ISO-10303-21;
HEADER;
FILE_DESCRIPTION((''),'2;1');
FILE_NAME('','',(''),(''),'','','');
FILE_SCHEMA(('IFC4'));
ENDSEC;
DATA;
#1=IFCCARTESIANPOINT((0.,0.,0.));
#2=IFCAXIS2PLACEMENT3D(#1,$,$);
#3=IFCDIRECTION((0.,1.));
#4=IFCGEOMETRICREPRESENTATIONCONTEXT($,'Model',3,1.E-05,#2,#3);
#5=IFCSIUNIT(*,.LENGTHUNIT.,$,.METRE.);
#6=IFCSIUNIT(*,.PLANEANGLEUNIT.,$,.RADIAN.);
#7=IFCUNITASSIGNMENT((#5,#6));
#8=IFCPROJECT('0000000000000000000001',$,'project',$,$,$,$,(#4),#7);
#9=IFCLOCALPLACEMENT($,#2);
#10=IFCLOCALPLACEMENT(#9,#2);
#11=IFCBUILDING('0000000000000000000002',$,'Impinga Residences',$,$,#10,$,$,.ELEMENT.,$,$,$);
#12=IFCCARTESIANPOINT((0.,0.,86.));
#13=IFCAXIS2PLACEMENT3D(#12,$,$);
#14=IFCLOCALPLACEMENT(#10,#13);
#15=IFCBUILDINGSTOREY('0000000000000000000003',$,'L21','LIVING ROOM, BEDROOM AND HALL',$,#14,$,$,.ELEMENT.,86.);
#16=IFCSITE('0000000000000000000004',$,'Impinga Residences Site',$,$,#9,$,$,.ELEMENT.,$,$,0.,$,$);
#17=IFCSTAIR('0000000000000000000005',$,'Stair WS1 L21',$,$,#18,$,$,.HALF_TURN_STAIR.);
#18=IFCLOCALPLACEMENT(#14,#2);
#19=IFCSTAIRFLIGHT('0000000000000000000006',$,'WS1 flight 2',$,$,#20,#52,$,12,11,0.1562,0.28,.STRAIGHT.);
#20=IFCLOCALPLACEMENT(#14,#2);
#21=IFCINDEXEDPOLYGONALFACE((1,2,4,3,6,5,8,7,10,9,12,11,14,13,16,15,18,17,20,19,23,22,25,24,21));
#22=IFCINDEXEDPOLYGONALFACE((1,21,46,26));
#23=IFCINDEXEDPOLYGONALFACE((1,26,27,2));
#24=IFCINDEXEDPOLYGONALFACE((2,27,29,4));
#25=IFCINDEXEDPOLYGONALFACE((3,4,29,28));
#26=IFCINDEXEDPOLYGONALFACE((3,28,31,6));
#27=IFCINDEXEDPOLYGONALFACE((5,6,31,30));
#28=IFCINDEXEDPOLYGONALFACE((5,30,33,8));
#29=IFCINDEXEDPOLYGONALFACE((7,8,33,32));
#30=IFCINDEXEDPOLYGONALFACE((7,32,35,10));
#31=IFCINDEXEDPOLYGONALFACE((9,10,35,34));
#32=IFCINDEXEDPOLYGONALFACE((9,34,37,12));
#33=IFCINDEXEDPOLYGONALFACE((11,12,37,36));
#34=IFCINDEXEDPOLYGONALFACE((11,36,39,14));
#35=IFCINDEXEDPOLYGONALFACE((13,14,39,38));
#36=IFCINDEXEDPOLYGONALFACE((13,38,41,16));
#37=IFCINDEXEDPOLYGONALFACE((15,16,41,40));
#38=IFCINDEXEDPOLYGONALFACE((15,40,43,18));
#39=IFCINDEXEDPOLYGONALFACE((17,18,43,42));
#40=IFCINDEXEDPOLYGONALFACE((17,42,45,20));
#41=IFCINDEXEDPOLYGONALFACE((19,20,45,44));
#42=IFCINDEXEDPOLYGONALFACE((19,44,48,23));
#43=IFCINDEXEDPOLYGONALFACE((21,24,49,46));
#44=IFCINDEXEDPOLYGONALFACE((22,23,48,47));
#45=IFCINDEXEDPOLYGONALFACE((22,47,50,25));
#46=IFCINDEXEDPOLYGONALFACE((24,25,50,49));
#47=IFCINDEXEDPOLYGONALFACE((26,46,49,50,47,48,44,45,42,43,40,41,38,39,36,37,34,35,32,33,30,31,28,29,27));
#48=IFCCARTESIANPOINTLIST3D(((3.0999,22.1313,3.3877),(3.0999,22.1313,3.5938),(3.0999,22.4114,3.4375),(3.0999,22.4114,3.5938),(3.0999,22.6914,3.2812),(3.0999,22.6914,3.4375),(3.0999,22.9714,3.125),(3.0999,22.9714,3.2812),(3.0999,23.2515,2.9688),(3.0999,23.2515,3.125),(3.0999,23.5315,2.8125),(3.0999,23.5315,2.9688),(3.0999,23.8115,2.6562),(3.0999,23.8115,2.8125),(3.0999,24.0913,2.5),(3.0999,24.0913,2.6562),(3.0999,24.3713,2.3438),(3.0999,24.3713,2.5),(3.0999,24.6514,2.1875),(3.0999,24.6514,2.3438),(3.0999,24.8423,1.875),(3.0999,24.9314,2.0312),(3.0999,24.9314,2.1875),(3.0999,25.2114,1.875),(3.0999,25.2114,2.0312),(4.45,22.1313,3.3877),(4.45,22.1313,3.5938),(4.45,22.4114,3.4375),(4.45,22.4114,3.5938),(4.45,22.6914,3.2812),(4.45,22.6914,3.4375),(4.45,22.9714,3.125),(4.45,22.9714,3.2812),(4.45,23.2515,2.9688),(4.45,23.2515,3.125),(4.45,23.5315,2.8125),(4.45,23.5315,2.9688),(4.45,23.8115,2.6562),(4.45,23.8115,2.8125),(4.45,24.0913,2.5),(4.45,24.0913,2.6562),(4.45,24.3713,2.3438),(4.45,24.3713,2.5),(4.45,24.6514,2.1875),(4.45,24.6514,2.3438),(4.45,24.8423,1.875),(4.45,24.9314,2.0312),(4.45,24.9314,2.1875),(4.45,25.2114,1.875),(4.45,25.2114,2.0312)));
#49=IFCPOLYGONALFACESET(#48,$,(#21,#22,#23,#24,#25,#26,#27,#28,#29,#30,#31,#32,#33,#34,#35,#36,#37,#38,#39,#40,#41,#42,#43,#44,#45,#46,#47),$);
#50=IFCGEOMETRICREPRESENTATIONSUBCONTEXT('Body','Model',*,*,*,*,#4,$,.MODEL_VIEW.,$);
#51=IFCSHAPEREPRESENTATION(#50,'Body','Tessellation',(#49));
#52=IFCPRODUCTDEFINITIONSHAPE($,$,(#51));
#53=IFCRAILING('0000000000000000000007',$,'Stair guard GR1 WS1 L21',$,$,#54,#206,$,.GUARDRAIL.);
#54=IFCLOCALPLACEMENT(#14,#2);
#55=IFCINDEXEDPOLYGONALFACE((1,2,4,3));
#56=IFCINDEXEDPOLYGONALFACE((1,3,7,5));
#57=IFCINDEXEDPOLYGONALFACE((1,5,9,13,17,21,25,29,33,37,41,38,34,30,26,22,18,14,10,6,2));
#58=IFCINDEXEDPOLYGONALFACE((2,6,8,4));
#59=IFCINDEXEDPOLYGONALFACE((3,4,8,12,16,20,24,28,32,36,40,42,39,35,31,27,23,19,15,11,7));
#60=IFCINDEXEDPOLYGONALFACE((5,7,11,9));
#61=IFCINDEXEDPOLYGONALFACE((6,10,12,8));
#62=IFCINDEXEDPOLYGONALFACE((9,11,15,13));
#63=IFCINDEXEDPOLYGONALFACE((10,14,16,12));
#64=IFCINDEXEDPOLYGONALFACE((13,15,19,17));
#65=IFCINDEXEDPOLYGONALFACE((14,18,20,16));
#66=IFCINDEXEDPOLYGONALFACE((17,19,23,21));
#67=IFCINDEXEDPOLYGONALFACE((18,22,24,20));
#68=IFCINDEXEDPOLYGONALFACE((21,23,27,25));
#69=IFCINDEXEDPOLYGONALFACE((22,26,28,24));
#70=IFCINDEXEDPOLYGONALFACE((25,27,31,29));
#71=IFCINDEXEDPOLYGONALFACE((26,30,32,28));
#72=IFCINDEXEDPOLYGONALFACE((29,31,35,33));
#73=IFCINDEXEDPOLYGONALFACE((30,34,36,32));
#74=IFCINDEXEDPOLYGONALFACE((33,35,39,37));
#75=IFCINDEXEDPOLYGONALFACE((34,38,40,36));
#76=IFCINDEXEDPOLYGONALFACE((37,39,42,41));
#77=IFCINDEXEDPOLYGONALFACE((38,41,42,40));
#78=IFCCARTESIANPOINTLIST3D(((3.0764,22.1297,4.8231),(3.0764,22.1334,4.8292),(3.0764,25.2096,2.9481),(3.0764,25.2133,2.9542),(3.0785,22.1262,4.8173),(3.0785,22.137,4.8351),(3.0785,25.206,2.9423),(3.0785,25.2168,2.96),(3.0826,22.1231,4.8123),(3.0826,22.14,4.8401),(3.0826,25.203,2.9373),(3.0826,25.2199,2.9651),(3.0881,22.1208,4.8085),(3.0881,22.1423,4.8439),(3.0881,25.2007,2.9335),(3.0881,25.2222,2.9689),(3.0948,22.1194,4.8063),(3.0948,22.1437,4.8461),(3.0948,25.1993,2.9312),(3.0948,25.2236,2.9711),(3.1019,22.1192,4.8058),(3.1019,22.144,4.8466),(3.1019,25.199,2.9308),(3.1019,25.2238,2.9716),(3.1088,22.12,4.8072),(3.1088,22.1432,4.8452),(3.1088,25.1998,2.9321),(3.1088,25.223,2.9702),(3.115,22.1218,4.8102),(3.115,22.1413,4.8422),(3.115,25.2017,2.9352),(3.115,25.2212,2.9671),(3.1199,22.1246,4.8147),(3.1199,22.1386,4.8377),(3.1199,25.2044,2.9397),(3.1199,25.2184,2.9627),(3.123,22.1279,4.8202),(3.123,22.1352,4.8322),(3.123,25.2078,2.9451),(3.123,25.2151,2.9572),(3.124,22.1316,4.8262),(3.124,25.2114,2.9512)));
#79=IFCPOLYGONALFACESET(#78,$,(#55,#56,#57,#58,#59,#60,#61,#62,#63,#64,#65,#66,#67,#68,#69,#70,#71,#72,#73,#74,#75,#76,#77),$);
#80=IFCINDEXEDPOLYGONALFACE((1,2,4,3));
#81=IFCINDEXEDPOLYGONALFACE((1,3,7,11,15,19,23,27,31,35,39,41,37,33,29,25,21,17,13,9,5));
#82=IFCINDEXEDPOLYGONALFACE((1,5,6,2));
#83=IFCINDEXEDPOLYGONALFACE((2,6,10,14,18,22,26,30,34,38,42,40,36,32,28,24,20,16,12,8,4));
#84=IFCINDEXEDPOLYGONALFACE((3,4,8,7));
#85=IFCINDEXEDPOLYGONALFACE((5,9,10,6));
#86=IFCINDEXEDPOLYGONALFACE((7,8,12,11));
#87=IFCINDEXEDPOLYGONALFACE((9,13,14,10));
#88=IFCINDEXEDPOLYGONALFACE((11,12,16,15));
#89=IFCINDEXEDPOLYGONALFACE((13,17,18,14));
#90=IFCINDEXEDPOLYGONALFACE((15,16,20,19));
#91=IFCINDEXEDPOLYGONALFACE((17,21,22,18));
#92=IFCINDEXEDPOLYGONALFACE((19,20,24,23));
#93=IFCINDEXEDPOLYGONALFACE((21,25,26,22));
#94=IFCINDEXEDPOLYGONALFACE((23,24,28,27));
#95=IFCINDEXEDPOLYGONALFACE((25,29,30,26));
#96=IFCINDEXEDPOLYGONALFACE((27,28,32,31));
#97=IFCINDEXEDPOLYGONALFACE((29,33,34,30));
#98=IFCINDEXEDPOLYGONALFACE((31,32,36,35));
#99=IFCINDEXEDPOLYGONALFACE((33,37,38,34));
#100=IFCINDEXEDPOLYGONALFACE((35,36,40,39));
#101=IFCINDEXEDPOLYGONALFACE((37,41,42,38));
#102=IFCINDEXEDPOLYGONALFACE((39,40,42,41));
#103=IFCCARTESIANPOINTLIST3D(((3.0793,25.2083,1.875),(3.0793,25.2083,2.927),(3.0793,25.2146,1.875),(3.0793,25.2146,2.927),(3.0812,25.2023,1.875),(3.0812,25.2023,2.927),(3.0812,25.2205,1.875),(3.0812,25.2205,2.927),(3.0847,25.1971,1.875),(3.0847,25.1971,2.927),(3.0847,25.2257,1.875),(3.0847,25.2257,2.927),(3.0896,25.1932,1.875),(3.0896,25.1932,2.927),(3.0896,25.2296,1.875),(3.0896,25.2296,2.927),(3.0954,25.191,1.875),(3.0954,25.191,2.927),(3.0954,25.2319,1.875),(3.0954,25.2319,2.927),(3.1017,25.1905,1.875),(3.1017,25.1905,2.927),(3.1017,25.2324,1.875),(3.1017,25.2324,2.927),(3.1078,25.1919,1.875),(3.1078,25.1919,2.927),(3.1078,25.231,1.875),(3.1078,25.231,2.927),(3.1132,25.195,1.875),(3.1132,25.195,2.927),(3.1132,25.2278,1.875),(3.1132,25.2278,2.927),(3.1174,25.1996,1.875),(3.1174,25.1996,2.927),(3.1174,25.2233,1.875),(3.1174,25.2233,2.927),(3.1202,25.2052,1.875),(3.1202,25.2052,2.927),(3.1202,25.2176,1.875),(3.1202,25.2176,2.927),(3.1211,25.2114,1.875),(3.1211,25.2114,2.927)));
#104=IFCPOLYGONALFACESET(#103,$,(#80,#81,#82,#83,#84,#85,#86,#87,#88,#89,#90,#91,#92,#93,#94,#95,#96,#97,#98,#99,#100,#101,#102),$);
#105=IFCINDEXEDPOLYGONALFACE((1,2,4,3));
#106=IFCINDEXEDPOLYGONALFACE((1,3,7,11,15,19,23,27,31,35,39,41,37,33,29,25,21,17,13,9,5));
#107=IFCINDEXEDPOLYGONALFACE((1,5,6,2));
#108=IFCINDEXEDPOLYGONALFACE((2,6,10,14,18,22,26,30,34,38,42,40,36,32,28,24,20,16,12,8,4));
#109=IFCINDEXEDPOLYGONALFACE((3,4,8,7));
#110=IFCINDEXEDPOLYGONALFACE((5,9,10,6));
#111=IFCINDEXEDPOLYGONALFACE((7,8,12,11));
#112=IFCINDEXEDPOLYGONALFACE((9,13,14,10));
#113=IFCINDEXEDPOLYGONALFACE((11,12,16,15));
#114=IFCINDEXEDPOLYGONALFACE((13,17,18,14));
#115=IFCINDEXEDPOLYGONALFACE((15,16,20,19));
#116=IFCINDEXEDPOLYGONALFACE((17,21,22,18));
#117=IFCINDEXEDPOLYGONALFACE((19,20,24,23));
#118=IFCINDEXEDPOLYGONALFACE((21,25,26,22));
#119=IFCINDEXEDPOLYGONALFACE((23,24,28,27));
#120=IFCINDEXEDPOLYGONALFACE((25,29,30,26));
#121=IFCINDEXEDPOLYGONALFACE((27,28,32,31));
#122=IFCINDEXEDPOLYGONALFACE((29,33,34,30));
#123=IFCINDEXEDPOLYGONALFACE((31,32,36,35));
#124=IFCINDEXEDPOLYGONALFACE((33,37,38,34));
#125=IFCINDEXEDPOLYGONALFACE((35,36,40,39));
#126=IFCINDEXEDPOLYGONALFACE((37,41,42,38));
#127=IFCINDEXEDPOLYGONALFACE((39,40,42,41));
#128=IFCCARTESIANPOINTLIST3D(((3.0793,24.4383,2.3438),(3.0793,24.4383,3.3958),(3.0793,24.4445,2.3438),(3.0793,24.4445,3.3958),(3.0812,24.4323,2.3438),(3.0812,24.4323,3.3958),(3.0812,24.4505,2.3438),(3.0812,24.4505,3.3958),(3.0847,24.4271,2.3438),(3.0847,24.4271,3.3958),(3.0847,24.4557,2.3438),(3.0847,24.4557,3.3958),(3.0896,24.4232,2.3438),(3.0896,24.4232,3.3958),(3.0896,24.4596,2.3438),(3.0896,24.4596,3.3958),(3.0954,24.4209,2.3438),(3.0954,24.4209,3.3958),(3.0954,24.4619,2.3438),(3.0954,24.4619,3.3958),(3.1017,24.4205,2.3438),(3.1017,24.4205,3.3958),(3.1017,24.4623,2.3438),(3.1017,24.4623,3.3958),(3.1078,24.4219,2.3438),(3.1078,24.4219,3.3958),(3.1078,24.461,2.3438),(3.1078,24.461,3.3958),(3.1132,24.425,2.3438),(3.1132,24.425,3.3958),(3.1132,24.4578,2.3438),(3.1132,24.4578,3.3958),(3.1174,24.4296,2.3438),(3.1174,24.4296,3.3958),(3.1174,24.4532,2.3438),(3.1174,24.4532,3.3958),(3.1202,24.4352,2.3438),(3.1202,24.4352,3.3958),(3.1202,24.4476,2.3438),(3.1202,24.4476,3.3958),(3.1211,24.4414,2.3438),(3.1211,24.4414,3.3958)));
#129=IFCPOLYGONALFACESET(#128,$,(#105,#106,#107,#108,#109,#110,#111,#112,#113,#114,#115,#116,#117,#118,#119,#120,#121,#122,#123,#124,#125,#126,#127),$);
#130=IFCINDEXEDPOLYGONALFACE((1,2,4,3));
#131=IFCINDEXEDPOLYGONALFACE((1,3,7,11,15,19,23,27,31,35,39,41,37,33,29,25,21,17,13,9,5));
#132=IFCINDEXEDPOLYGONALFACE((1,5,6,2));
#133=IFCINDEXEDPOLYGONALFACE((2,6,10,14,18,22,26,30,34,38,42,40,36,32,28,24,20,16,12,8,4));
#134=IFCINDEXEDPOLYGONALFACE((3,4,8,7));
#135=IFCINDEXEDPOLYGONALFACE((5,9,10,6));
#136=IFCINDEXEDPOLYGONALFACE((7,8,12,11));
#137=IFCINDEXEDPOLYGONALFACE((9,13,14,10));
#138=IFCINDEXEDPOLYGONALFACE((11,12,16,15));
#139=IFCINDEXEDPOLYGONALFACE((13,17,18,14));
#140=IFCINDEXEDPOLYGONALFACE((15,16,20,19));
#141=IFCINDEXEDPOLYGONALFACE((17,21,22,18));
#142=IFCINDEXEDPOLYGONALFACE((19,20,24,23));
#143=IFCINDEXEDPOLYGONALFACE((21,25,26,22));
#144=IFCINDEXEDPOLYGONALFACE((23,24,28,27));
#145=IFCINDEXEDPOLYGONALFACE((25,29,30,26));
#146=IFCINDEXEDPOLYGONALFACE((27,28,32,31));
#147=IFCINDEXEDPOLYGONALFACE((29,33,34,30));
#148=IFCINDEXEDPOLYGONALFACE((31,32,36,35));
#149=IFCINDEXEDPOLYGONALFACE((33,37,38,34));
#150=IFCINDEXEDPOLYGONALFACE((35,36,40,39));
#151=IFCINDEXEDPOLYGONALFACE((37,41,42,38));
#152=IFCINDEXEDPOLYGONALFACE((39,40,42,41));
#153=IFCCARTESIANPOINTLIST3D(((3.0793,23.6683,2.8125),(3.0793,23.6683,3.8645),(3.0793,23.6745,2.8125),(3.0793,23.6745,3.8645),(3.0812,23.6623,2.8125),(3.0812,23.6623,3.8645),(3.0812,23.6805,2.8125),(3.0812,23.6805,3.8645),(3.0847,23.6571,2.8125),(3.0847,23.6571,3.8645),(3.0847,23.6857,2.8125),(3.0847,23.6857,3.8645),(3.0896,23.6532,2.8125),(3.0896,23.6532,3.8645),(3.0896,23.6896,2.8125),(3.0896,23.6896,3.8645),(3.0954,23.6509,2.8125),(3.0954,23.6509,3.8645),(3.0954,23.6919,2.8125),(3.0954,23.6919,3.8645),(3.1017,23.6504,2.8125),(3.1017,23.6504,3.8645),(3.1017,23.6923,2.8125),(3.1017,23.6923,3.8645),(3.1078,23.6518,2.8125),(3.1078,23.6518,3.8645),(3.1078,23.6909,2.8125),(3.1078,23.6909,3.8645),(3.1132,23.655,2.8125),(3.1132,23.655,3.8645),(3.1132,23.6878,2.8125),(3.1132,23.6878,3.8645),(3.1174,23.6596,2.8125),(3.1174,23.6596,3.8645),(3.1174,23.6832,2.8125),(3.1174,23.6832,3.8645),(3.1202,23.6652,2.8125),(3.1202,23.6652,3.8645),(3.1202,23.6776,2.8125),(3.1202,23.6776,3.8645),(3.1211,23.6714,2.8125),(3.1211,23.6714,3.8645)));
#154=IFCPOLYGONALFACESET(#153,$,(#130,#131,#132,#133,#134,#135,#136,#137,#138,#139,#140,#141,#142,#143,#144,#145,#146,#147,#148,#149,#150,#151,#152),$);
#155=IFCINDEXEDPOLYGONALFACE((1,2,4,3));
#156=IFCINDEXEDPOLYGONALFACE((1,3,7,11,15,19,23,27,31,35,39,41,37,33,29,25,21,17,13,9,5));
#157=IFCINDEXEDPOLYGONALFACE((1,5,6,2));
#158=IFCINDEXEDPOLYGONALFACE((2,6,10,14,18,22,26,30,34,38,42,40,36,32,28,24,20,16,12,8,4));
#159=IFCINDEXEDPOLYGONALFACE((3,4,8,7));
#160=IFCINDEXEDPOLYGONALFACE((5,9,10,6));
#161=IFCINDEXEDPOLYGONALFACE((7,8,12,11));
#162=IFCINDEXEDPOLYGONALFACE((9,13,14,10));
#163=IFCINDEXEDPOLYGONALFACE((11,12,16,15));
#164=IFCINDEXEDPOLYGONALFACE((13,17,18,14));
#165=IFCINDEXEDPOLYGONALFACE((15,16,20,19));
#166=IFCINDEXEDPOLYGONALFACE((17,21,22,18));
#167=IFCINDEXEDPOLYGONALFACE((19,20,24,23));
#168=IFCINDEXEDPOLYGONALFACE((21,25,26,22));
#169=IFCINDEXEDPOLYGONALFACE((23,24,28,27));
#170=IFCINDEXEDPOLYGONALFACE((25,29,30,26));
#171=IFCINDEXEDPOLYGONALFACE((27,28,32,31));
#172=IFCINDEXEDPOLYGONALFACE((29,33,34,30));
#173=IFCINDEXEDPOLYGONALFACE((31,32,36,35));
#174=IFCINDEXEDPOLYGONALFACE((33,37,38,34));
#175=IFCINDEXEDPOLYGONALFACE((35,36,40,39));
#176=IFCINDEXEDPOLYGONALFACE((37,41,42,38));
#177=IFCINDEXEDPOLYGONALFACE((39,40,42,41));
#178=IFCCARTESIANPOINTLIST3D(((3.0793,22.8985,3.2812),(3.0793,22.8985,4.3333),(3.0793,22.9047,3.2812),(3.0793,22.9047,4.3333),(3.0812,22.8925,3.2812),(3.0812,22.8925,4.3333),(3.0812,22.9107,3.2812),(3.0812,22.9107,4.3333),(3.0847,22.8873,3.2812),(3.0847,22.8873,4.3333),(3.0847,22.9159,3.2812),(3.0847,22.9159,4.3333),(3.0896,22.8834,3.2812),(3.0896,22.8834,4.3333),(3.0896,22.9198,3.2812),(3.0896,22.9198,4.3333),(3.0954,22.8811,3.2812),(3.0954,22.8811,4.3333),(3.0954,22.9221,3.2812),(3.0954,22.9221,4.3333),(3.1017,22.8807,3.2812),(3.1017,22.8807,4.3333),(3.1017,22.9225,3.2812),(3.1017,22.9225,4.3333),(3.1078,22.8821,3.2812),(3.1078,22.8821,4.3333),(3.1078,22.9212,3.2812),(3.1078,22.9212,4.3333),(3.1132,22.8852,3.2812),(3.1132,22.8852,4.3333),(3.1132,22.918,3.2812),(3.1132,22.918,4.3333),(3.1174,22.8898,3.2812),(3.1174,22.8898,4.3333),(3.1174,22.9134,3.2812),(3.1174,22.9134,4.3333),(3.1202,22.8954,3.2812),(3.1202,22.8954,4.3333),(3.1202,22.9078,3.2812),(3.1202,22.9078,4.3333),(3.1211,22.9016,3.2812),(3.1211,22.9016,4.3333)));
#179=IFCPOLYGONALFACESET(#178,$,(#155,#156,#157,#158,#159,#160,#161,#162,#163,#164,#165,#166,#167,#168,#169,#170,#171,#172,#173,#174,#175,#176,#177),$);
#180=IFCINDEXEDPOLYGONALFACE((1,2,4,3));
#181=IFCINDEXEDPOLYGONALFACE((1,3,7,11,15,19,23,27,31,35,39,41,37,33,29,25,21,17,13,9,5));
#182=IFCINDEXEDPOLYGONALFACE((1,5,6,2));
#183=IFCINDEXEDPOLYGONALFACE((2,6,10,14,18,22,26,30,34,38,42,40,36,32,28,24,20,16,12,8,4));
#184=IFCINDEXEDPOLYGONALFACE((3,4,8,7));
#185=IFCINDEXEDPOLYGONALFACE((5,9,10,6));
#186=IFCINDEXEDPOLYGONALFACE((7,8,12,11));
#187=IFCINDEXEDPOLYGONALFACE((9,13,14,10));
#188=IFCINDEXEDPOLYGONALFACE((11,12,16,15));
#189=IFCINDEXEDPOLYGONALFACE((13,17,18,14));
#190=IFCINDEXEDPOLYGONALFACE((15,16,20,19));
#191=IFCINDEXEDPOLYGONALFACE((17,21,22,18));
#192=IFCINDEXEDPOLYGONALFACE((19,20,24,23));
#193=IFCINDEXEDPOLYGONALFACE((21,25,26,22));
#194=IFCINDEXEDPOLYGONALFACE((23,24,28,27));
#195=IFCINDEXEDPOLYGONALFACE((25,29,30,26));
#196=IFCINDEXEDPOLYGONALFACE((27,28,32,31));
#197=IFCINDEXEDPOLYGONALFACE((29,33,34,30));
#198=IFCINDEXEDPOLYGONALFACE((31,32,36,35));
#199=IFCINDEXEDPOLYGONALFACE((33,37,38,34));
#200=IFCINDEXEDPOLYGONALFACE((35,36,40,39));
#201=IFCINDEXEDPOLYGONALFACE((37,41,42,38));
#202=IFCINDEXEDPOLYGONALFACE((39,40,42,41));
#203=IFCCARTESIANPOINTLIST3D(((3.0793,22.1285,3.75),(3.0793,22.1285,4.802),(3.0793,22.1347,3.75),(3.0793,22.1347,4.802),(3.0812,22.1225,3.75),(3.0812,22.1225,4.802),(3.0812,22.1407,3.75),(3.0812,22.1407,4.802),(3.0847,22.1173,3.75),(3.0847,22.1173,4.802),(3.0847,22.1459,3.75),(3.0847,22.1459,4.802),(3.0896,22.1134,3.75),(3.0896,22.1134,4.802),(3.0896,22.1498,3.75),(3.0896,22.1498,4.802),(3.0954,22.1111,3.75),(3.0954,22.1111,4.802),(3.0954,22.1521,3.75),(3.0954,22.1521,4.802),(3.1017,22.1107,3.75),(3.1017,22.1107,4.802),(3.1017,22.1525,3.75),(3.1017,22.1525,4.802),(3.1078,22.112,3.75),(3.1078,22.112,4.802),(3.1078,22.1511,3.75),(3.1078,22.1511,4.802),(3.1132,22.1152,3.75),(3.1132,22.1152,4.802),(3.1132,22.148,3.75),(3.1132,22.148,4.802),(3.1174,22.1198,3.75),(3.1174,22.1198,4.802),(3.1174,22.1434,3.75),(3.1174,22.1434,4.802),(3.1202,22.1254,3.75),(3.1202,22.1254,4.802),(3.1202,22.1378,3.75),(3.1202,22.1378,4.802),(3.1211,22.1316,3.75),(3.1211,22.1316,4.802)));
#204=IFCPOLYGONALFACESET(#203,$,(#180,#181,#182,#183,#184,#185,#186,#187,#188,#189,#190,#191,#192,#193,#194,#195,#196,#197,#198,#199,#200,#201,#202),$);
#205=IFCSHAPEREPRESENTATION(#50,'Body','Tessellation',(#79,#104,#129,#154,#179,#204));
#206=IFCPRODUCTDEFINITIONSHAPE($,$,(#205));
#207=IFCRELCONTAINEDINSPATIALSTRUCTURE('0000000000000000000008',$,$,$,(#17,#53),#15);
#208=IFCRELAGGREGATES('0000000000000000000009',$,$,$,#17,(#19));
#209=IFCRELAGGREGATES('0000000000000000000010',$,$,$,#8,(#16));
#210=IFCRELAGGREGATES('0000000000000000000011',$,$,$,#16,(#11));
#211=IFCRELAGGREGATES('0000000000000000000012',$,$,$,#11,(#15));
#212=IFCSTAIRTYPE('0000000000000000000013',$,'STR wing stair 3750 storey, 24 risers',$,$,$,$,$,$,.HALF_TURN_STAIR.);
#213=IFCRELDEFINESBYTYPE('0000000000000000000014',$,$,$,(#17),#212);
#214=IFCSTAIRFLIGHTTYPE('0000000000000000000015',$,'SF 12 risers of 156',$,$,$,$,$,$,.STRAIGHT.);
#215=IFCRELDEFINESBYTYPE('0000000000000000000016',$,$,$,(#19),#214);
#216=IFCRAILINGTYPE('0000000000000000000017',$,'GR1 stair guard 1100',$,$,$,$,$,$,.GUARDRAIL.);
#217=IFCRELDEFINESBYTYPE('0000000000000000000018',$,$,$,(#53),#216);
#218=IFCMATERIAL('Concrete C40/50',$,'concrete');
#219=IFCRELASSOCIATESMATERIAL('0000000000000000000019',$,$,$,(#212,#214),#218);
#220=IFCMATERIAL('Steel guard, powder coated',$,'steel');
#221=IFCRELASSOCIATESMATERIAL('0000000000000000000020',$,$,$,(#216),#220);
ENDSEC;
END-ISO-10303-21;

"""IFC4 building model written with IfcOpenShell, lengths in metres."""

from ifc_helpers import new_model, si_unit, direction, frame, origin, origin_2d, place, context, subcontext, project, spatial, polyline, circle, outline, extrude, material, type_object, element, aggregate, save


model = new_model("IFC4")

# Units and contexts
model_context = context("Model", 3, precision=1e-05, world=origin(), true_north=direction((0.0, 1.0)))
body_context = subcontext(model_context, "Body", "Model", "MODEL_VIEW")
ifc_project = project(units=[si_unit("LENGTHUNIT", "METRE"), si_unit("PLANEANGLEUNIT", "RADIAN")], contexts=[model_context])

# Site, building, storey
site_placement = place(None, origin())
site = spatial("IfcSite", under=ifc_project, at=site_placement, Name="Impinga Residences Site", CompositionType="ELEMENT", RefElevation=0.0)
building_placement = place(site_placement, origin())
building = spatial("IfcBuilding", under=site, at=building_placement, Name="Impinga Residences", CompositionType="ELEMENT")
storey_placement = place(building_placement, frame((0.0, 0.0, 86.0)))
storey = spatial("IfcBuildingStorey", under=building, at=storey_placement, Name="L21", Description="LIVING ROOM, BEDROOM AND HALL", CompositionType="ELEMENT", Elevation=86.0)

# Stair, stair flight
ifc_material_1 = material(Name="Concrete C40/50", Category="concrete")
stair_type = type_object("IfcStairType", Name="STR wing stair 3750 storey, 24 risers", PredefinedType="HALF_TURN_STAIR", material=ifc_material_1)
stair_placement = place(storey_placement, origin())
stair = element("IfcStair", 1, at=stair_placement, inside=storey, type_object=stair_type, Name="Stair WS1 L21", PredefinedType="HALF_TURN_STAIR")
stair_flight_type = type_object("IfcStairFlightType", Name="SF 12 risers of 156", PredefinedType="STRAIGHT", material=ifc_material_1)
stair_flight_1_placement = place(storey_placement, frame((3.7749, 25.2114, 1.875), z_axis=(0.0, 0.0, 1.0), x_axis=(0.0, -1.0, 0.0)))
stair_flight_1 = element("IfcStairFlight", 2, at=stair_flight_1_placement, type_object=stair_flight_type, Name="WS1 flight 2", NumberOfRisers=12, NumberOfTreads=11, PredefinedType="STRAIGHT", RiserHeight=0.1562, TreadLength=0.28, context=body_context, shape_type="SweptSolid", body=[
    extrude(outline(polyline([(0.0, 0.0), (0.0, 0.1562), (0.28, 0.1562), (0.28, 0.3125), (0.5601, 0.3125), (0.5601, 0.4688), (0.8401, 0.4688), (0.8401, 0.625), (1.1201, 0.625), (1.1201, 0.7812), (1.3999, 0.7812), (1.3999, 0.9375), (1.6799, 0.9375), (1.6799, 1.0938), (1.96, 1.0938), (1.96, 1.25), (2.24, 1.25), (2.24, 1.4062), (2.52, 1.4062), (2.52, 1.5625), (2.8, 1.5625), (2.8, 1.7188), (3.0801, 1.7188), (3.0801, 1.875), (3.0801, 1.5127), (0.3691, 0.0), (0.0, 0.0)])), frame((0.0, 0.675, 0.0), z_axis=(0.0, -1.0, 0.0), x_axis=(1.0, 0.0, 0.0)), (0.0, 0.0, 1.0), 1.3501),
])
aggregate(stair, [stair_flight_1])

# Railing
ifc_material_2 = material(Name="Steel guard, powder coated", Category="steel")
railing_type_1 = type_object("IfcRailingType", Name="GR1 stair guard 1100", PredefinedType="GUARDRAIL", material=ifc_material_2)
railing_1_placement = place(storey_placement, frame((3.1001, 25.2114, 1.875)))
element("IfcRailing", 3, at=railing_1_placement, inside=storey, type_object=railing_type_1, Name="Stair guard GR1 WS1 L21", PredefinedType="GUARDRAIL", context=body_context, shape_type="SweptSolid", body=[
    extrude(circle(Radius=0.0239, at=origin_2d()), frame((0.0, 0.0, 1.0762), z_axis=(0.0, -0.854159, 0.520011), x_axis=(1.0, 0.0, 0.0)), (0.0, 0.0, 1.0), 3.6057),
    extrude(circle(Radius=0.021, at=origin_2d()), origin(), (0.0, 0.0, 1.0), 1.052),
    extrude(circle(Radius=0.021, at=origin_2d()), frame((0.0, -0.77, 0.4688)), (0.0, 0.0, 1.0), 1.052),
    extrude(circle(Radius=0.021, at=origin_2d()), frame((0.0, -1.54, 0.9375)), (0.0, 0.0, 1.0), 1.052),
    extrude(circle(Radius=0.021, at=origin_2d()), frame((0.0, -2.3098, 1.4062)), (0.0, 0.0, 1.0), 1.052),
    extrude(circle(Radius=0.021, at=origin_2d()), frame((0.0, -3.0798, 1.875)), (0.0, 0.0, 1.0), 1.052),
])

save(model, "model.ifc")
